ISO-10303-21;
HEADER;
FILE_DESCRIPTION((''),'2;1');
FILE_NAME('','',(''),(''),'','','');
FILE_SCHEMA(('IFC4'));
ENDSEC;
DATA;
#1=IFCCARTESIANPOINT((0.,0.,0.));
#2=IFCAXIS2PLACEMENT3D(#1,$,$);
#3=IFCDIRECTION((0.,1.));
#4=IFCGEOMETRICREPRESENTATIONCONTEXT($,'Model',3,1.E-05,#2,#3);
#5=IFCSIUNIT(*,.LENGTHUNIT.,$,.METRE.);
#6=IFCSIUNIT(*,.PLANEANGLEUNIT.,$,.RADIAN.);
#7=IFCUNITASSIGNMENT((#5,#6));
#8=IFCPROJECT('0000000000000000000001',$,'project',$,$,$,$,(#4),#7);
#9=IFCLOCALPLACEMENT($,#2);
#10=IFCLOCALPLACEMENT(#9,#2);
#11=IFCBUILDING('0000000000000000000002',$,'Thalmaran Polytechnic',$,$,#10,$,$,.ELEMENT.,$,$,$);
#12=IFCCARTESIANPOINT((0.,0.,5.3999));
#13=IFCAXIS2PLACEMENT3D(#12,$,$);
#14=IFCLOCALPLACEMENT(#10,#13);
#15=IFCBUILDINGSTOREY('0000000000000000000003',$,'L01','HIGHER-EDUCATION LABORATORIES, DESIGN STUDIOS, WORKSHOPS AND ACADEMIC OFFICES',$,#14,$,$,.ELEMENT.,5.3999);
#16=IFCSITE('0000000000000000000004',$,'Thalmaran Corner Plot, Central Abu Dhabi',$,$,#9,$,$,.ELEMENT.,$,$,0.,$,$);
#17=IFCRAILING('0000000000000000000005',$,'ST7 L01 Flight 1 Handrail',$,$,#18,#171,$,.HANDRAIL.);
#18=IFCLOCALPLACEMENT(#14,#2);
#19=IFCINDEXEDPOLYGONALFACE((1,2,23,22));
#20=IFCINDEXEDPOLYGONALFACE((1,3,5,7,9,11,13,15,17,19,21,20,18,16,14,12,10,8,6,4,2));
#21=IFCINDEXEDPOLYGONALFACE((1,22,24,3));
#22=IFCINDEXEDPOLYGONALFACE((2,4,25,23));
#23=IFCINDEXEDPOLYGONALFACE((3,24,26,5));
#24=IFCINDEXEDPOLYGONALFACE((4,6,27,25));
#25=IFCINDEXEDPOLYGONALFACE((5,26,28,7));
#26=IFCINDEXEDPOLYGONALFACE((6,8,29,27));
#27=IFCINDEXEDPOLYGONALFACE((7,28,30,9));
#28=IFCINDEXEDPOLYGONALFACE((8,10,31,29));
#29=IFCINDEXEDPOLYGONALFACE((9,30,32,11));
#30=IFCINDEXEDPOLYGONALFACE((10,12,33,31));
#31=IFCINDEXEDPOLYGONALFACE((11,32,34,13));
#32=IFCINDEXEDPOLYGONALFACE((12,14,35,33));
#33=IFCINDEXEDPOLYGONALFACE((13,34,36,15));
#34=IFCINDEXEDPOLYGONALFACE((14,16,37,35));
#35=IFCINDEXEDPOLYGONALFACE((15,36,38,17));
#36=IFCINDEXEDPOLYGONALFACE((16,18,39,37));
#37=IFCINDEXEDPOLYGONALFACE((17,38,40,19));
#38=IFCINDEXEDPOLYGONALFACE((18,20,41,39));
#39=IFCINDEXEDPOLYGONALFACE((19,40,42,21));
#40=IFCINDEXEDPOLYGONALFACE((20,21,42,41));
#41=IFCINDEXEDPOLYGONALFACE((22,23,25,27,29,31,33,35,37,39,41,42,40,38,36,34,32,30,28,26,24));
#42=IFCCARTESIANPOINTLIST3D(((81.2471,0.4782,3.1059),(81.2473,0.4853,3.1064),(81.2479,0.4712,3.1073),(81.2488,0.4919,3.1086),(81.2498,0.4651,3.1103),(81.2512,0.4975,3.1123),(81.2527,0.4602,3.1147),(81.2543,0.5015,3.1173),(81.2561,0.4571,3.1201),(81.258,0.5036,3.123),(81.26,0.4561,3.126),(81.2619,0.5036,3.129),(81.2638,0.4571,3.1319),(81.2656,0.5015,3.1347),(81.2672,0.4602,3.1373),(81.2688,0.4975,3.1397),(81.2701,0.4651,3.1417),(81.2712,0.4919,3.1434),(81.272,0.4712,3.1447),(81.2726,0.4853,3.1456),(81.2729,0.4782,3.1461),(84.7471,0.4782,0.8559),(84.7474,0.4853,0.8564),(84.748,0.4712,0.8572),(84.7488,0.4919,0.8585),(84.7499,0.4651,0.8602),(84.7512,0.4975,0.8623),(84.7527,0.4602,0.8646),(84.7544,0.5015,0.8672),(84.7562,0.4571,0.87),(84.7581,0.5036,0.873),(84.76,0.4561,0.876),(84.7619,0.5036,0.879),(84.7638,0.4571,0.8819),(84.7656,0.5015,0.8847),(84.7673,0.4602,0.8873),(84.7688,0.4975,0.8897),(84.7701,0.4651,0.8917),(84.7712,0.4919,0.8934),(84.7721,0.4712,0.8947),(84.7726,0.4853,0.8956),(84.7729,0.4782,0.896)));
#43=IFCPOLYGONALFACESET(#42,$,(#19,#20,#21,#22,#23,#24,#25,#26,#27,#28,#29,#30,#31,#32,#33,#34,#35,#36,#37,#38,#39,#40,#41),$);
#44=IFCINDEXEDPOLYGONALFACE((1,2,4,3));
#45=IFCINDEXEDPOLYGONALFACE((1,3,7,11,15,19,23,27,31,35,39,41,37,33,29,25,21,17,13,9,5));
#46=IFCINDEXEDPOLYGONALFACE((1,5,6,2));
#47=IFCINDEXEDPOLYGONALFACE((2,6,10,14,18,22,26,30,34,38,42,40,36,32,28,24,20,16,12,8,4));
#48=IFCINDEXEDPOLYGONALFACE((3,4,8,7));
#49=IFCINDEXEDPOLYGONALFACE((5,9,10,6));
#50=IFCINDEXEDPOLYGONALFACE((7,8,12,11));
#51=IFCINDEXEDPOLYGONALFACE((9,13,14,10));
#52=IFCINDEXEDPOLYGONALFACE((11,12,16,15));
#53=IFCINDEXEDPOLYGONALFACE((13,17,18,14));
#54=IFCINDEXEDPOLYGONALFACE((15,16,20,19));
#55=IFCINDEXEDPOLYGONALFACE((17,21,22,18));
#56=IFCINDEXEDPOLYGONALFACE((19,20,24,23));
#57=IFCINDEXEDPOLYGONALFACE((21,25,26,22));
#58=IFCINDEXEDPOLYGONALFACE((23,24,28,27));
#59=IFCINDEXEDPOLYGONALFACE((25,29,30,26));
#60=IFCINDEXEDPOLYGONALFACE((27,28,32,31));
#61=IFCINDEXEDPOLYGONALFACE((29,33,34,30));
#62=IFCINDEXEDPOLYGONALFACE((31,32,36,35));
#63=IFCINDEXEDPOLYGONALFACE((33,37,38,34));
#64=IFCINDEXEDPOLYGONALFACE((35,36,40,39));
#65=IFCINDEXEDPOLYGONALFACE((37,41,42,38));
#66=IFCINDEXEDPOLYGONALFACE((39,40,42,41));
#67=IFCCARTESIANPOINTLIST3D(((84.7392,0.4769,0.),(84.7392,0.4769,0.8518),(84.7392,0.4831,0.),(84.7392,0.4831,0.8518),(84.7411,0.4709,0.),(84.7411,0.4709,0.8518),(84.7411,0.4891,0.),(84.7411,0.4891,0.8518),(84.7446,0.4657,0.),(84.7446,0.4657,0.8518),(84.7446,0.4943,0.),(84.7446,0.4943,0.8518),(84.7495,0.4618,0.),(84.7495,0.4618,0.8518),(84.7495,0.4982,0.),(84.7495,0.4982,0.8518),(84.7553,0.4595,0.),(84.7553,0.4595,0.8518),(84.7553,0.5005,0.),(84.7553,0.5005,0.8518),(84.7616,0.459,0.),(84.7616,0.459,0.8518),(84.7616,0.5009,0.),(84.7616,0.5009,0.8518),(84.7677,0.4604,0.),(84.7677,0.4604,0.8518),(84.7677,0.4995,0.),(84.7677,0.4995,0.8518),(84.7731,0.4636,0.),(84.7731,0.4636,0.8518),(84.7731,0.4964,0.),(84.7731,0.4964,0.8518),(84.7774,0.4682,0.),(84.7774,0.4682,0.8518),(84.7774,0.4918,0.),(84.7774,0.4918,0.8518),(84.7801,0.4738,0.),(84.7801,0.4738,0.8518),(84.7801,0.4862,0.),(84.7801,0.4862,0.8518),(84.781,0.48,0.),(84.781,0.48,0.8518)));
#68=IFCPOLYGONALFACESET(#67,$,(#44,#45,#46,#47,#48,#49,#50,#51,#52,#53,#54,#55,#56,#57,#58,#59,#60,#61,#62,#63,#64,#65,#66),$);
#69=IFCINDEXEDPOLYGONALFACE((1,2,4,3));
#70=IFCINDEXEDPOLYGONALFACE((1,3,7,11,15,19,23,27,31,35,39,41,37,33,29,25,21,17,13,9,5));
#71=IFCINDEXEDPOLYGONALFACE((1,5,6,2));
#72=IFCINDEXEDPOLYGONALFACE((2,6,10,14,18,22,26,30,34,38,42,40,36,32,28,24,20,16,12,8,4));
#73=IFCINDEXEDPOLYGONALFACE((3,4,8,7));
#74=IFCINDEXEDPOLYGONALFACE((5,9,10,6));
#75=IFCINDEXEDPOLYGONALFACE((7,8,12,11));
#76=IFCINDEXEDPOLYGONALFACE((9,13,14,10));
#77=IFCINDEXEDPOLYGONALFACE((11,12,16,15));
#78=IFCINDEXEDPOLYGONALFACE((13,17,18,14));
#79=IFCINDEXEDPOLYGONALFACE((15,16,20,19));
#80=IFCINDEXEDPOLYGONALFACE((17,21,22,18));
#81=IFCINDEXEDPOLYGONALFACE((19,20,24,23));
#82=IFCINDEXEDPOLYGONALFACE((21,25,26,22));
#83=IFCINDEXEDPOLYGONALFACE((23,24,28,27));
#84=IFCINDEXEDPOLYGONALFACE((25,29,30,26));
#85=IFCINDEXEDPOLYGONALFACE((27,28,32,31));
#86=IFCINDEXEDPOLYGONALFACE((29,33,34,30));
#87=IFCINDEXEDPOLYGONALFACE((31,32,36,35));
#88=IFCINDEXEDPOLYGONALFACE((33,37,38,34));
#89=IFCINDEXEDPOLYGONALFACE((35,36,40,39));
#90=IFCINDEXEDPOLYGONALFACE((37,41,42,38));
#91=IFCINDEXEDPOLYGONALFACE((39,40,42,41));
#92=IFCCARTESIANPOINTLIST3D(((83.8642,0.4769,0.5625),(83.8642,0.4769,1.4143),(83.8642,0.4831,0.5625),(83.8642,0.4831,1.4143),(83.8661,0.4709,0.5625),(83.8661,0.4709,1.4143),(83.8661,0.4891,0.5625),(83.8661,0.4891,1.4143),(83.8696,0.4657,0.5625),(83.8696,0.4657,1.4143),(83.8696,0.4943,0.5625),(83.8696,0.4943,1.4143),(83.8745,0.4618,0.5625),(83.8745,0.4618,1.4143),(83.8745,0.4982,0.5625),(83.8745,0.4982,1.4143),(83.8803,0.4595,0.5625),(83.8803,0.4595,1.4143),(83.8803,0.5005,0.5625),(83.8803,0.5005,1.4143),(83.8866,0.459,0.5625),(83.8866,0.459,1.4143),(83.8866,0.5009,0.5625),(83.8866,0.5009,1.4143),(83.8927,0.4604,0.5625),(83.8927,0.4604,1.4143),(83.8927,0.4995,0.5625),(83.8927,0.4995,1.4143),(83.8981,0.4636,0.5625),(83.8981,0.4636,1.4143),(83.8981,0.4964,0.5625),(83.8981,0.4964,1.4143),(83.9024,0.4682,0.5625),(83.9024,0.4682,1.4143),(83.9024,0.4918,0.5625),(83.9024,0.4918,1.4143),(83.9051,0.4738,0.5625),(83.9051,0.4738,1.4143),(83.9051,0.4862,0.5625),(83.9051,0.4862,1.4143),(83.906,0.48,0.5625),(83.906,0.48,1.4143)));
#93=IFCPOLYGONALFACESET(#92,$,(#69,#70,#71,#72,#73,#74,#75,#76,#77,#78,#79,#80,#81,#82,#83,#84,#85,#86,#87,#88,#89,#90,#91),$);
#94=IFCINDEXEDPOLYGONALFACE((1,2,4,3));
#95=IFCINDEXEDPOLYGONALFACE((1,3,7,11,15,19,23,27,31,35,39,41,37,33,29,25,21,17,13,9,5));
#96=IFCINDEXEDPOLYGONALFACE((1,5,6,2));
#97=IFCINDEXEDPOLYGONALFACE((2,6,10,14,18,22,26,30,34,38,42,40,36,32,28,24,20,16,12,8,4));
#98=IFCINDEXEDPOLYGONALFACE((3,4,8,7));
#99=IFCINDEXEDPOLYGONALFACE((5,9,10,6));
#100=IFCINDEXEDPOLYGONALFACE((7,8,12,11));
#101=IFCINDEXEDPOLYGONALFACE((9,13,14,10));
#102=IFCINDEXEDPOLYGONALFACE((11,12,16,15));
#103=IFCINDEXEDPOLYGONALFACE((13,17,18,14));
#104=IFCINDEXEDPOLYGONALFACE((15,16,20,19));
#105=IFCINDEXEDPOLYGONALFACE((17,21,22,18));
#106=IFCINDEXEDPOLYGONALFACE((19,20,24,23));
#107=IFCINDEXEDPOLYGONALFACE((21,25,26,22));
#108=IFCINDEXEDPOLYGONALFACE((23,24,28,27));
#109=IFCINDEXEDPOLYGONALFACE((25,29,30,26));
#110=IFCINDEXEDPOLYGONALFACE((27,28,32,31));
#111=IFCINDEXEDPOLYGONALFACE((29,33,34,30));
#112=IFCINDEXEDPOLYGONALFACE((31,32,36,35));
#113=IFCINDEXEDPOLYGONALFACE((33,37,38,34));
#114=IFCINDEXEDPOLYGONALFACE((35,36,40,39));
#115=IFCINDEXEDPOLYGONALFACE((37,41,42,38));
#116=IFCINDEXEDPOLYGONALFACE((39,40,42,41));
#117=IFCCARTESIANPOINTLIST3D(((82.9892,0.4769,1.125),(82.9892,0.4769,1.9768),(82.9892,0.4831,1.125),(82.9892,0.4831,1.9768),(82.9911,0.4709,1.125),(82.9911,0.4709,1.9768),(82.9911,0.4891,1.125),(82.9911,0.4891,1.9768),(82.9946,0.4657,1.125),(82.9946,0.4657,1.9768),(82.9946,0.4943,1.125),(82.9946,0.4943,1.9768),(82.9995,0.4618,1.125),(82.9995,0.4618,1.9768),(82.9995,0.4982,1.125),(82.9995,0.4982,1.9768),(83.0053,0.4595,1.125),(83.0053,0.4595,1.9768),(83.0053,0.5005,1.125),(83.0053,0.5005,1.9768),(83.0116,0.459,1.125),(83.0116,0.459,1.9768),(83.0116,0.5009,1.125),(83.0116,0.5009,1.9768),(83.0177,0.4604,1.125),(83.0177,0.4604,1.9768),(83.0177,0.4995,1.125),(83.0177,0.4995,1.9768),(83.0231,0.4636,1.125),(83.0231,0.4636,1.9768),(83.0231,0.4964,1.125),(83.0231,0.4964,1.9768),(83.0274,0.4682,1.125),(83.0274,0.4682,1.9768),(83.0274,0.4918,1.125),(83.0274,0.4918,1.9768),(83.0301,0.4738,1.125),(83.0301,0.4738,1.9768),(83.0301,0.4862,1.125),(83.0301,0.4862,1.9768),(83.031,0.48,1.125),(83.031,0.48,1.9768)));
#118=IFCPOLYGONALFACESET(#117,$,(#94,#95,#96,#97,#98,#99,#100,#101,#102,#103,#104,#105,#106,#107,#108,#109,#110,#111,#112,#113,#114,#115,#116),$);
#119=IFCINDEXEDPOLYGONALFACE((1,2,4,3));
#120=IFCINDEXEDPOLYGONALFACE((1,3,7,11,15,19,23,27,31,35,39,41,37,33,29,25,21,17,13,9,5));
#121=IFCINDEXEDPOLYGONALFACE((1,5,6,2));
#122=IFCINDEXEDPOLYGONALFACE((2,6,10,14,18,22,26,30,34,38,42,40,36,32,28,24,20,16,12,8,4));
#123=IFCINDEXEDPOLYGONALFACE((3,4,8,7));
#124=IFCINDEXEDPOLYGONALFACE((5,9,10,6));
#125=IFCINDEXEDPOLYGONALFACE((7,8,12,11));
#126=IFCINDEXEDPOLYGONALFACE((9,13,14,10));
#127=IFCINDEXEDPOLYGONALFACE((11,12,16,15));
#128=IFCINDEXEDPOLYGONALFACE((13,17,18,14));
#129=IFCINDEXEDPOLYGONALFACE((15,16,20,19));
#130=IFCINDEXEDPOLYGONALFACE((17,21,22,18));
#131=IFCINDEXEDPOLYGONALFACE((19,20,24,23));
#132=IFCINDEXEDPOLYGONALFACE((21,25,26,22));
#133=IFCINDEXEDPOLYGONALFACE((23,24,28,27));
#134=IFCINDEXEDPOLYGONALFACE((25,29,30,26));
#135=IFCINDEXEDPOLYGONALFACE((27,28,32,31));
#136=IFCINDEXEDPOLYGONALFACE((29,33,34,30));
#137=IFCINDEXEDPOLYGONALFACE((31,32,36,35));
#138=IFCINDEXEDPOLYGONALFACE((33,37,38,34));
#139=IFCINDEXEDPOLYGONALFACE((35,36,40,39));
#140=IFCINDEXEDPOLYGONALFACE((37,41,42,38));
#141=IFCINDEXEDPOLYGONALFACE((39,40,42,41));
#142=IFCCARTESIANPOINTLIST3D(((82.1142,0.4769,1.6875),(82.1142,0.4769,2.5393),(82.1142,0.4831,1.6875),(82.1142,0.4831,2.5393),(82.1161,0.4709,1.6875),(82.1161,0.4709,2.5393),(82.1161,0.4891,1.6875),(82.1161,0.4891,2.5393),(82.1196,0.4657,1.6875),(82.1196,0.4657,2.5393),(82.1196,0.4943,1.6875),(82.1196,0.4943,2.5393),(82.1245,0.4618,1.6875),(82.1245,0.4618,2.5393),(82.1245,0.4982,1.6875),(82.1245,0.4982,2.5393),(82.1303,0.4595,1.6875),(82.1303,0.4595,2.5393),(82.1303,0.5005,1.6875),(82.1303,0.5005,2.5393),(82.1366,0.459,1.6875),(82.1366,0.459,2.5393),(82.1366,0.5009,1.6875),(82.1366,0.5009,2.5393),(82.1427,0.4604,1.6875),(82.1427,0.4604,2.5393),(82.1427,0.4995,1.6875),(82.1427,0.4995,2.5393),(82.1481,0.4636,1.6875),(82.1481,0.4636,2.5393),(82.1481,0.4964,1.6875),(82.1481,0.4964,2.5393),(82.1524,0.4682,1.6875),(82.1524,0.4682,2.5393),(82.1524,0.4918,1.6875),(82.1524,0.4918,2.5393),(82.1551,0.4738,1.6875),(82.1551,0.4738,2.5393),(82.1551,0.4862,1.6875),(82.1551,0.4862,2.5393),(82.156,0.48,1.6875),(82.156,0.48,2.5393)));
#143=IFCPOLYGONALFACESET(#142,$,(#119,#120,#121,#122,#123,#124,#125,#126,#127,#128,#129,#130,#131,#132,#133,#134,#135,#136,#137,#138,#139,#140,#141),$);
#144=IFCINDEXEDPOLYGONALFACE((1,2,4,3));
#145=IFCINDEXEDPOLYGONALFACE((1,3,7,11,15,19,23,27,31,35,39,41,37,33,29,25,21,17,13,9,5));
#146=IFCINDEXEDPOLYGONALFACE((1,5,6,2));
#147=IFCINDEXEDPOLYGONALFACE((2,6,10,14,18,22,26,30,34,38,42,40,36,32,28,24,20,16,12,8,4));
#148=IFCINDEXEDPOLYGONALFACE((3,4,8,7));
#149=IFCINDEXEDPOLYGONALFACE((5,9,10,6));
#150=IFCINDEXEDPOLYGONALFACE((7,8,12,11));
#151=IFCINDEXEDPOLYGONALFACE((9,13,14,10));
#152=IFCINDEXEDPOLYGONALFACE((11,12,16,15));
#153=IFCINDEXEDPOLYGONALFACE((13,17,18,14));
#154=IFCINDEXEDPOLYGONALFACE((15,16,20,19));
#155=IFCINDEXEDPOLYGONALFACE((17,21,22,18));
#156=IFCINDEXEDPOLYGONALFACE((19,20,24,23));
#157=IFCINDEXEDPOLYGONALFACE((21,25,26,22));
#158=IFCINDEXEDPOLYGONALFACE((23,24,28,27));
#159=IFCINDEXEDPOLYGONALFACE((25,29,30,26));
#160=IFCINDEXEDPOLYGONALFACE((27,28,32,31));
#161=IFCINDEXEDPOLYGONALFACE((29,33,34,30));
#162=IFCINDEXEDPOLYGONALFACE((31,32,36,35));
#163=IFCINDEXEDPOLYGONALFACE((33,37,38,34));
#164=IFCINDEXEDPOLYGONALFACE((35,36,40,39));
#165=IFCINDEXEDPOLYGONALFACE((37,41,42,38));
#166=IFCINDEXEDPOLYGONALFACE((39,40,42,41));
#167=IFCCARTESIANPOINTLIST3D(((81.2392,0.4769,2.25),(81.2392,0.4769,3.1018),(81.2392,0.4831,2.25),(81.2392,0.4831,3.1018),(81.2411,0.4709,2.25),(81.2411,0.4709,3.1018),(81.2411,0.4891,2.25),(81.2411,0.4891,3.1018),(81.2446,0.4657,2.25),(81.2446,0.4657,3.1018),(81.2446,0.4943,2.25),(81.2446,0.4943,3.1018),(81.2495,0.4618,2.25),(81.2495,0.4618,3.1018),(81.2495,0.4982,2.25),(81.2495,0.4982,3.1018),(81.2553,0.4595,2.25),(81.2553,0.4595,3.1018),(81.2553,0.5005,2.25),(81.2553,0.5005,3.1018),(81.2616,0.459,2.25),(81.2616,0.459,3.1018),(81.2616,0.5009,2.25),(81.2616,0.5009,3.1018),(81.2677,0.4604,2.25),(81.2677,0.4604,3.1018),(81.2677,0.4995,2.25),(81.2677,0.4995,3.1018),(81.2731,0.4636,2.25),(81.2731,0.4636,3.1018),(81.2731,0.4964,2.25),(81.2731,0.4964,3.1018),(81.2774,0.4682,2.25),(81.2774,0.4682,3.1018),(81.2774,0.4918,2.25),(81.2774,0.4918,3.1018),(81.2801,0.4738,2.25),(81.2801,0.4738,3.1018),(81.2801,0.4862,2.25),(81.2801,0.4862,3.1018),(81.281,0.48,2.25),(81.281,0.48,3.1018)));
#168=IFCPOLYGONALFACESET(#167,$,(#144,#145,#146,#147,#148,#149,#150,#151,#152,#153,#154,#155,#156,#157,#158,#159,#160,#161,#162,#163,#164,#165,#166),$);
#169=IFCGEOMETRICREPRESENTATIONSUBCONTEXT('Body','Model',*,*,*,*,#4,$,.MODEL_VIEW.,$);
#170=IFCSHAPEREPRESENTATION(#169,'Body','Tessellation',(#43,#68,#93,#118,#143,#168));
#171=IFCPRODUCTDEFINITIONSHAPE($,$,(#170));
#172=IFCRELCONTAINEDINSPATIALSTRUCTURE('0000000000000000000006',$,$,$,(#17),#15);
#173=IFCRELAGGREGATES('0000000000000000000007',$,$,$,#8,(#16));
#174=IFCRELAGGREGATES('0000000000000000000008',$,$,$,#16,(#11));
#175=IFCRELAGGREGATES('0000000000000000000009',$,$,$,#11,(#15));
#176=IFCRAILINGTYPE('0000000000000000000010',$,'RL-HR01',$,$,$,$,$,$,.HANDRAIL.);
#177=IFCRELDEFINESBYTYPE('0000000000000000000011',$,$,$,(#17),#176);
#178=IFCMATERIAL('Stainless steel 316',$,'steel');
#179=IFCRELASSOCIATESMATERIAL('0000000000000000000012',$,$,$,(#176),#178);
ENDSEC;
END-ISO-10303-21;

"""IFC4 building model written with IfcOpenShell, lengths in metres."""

from ifc_helpers import new_model, si_unit, direction, frame, origin, origin_2d, place, context, subcontext, project, spatial, circle, extrude, material, type_object, element, save


model = new_model("IFC4")

# Units and contexts
model_context = context("Model", 3, precision=1e-05, world=origin(), true_north=direction((0.0, 1.0)))
body_context = subcontext(model_context, "Body", "Model", "MODEL_VIEW")
ifc_project = project(units=[si_unit("LENGTHUNIT", "METRE"), si_unit("PLANEANGLEUNIT", "RADIAN")], contexts=[model_context])

# Site, building, storey
site_placement = place(None, origin())
site = spatial("IfcSite", under=ifc_project, at=site_placement, Name="Thalmaran Corner Plot, Central Abu Dhabi", CompositionType="ELEMENT", RefElevation=0.0)
building_placement = place(site_placement, origin())
building = spatial("IfcBuilding", under=site, at=building_placement, Name="Thalmaran Polytechnic", CompositionType="ELEMENT")
storey_placement = place(building_placement, frame((0.0, 0.0, 5.3999)))
storey = spatial("IfcBuildingStorey", under=building, at=storey_placement, Name="L01", Description="HIGHER-EDUCATION LABORATORIES, DESIGN STUDIOS, WORKSHOPS AND ACADEMIC OFFICES", CompositionType="ELEMENT", Elevation=5.3999)

# Railing
ifc_material_1 = material(Name="Stainless steel 316", Category="steel")
railing_type_1 = type_object("IfcRailingType", Name="RL-HR01", PredefinedType="HANDRAIL", material=ifc_material_1)
railing_1_placement = place(storey_placement, frame((84.76, 0.48, 0.0)))
element("IfcRailing", 1, at=railing_1_placement, inside=storey, type_object=railing_type_1, Name="ST7 L01 Flight 1 Handrail", PredefinedType="HANDRAIL", context=body_context, shape_type="SweptSolid", body=[
    extrude(circle(Radius=0.0239, at=origin_2d()), frame((0.0, 0.0, 0.876), z_axis=(-0.841178, 0.0, 0.540758), x_axis=(0.0, -1.0, 0.0)), (0.0, 0.0, 1.0), 4.1609),
    extrude(circle(Radius=0.021, at=origin_2d()), origin(), (0.0, 0.0, 1.0), 0.8518),
    extrude(circle(Radius=0.021, at=origin_2d()), frame((-0.875, 0.0, 0.5625)), (0.0, 0.0, 1.0), 0.8518),
    extrude(circle(Radius=0.021, at=origin_2d()), frame((-1.75, 0.0, 1.125)), (0.0, 0.0, 1.0), 0.8518),
    extrude(circle(Radius=0.021, at=origin_2d()), frame((-2.625, 0.0, 1.6875)), (0.0, 0.0, 1.0), 0.8518),
    extrude(circle(Radius=0.021, at=origin_2d()), frame((-3.5, 0.0, 2.25)), (0.0, 0.0, 1.0), 0.8518),
])

save(model, "model.ifc")
